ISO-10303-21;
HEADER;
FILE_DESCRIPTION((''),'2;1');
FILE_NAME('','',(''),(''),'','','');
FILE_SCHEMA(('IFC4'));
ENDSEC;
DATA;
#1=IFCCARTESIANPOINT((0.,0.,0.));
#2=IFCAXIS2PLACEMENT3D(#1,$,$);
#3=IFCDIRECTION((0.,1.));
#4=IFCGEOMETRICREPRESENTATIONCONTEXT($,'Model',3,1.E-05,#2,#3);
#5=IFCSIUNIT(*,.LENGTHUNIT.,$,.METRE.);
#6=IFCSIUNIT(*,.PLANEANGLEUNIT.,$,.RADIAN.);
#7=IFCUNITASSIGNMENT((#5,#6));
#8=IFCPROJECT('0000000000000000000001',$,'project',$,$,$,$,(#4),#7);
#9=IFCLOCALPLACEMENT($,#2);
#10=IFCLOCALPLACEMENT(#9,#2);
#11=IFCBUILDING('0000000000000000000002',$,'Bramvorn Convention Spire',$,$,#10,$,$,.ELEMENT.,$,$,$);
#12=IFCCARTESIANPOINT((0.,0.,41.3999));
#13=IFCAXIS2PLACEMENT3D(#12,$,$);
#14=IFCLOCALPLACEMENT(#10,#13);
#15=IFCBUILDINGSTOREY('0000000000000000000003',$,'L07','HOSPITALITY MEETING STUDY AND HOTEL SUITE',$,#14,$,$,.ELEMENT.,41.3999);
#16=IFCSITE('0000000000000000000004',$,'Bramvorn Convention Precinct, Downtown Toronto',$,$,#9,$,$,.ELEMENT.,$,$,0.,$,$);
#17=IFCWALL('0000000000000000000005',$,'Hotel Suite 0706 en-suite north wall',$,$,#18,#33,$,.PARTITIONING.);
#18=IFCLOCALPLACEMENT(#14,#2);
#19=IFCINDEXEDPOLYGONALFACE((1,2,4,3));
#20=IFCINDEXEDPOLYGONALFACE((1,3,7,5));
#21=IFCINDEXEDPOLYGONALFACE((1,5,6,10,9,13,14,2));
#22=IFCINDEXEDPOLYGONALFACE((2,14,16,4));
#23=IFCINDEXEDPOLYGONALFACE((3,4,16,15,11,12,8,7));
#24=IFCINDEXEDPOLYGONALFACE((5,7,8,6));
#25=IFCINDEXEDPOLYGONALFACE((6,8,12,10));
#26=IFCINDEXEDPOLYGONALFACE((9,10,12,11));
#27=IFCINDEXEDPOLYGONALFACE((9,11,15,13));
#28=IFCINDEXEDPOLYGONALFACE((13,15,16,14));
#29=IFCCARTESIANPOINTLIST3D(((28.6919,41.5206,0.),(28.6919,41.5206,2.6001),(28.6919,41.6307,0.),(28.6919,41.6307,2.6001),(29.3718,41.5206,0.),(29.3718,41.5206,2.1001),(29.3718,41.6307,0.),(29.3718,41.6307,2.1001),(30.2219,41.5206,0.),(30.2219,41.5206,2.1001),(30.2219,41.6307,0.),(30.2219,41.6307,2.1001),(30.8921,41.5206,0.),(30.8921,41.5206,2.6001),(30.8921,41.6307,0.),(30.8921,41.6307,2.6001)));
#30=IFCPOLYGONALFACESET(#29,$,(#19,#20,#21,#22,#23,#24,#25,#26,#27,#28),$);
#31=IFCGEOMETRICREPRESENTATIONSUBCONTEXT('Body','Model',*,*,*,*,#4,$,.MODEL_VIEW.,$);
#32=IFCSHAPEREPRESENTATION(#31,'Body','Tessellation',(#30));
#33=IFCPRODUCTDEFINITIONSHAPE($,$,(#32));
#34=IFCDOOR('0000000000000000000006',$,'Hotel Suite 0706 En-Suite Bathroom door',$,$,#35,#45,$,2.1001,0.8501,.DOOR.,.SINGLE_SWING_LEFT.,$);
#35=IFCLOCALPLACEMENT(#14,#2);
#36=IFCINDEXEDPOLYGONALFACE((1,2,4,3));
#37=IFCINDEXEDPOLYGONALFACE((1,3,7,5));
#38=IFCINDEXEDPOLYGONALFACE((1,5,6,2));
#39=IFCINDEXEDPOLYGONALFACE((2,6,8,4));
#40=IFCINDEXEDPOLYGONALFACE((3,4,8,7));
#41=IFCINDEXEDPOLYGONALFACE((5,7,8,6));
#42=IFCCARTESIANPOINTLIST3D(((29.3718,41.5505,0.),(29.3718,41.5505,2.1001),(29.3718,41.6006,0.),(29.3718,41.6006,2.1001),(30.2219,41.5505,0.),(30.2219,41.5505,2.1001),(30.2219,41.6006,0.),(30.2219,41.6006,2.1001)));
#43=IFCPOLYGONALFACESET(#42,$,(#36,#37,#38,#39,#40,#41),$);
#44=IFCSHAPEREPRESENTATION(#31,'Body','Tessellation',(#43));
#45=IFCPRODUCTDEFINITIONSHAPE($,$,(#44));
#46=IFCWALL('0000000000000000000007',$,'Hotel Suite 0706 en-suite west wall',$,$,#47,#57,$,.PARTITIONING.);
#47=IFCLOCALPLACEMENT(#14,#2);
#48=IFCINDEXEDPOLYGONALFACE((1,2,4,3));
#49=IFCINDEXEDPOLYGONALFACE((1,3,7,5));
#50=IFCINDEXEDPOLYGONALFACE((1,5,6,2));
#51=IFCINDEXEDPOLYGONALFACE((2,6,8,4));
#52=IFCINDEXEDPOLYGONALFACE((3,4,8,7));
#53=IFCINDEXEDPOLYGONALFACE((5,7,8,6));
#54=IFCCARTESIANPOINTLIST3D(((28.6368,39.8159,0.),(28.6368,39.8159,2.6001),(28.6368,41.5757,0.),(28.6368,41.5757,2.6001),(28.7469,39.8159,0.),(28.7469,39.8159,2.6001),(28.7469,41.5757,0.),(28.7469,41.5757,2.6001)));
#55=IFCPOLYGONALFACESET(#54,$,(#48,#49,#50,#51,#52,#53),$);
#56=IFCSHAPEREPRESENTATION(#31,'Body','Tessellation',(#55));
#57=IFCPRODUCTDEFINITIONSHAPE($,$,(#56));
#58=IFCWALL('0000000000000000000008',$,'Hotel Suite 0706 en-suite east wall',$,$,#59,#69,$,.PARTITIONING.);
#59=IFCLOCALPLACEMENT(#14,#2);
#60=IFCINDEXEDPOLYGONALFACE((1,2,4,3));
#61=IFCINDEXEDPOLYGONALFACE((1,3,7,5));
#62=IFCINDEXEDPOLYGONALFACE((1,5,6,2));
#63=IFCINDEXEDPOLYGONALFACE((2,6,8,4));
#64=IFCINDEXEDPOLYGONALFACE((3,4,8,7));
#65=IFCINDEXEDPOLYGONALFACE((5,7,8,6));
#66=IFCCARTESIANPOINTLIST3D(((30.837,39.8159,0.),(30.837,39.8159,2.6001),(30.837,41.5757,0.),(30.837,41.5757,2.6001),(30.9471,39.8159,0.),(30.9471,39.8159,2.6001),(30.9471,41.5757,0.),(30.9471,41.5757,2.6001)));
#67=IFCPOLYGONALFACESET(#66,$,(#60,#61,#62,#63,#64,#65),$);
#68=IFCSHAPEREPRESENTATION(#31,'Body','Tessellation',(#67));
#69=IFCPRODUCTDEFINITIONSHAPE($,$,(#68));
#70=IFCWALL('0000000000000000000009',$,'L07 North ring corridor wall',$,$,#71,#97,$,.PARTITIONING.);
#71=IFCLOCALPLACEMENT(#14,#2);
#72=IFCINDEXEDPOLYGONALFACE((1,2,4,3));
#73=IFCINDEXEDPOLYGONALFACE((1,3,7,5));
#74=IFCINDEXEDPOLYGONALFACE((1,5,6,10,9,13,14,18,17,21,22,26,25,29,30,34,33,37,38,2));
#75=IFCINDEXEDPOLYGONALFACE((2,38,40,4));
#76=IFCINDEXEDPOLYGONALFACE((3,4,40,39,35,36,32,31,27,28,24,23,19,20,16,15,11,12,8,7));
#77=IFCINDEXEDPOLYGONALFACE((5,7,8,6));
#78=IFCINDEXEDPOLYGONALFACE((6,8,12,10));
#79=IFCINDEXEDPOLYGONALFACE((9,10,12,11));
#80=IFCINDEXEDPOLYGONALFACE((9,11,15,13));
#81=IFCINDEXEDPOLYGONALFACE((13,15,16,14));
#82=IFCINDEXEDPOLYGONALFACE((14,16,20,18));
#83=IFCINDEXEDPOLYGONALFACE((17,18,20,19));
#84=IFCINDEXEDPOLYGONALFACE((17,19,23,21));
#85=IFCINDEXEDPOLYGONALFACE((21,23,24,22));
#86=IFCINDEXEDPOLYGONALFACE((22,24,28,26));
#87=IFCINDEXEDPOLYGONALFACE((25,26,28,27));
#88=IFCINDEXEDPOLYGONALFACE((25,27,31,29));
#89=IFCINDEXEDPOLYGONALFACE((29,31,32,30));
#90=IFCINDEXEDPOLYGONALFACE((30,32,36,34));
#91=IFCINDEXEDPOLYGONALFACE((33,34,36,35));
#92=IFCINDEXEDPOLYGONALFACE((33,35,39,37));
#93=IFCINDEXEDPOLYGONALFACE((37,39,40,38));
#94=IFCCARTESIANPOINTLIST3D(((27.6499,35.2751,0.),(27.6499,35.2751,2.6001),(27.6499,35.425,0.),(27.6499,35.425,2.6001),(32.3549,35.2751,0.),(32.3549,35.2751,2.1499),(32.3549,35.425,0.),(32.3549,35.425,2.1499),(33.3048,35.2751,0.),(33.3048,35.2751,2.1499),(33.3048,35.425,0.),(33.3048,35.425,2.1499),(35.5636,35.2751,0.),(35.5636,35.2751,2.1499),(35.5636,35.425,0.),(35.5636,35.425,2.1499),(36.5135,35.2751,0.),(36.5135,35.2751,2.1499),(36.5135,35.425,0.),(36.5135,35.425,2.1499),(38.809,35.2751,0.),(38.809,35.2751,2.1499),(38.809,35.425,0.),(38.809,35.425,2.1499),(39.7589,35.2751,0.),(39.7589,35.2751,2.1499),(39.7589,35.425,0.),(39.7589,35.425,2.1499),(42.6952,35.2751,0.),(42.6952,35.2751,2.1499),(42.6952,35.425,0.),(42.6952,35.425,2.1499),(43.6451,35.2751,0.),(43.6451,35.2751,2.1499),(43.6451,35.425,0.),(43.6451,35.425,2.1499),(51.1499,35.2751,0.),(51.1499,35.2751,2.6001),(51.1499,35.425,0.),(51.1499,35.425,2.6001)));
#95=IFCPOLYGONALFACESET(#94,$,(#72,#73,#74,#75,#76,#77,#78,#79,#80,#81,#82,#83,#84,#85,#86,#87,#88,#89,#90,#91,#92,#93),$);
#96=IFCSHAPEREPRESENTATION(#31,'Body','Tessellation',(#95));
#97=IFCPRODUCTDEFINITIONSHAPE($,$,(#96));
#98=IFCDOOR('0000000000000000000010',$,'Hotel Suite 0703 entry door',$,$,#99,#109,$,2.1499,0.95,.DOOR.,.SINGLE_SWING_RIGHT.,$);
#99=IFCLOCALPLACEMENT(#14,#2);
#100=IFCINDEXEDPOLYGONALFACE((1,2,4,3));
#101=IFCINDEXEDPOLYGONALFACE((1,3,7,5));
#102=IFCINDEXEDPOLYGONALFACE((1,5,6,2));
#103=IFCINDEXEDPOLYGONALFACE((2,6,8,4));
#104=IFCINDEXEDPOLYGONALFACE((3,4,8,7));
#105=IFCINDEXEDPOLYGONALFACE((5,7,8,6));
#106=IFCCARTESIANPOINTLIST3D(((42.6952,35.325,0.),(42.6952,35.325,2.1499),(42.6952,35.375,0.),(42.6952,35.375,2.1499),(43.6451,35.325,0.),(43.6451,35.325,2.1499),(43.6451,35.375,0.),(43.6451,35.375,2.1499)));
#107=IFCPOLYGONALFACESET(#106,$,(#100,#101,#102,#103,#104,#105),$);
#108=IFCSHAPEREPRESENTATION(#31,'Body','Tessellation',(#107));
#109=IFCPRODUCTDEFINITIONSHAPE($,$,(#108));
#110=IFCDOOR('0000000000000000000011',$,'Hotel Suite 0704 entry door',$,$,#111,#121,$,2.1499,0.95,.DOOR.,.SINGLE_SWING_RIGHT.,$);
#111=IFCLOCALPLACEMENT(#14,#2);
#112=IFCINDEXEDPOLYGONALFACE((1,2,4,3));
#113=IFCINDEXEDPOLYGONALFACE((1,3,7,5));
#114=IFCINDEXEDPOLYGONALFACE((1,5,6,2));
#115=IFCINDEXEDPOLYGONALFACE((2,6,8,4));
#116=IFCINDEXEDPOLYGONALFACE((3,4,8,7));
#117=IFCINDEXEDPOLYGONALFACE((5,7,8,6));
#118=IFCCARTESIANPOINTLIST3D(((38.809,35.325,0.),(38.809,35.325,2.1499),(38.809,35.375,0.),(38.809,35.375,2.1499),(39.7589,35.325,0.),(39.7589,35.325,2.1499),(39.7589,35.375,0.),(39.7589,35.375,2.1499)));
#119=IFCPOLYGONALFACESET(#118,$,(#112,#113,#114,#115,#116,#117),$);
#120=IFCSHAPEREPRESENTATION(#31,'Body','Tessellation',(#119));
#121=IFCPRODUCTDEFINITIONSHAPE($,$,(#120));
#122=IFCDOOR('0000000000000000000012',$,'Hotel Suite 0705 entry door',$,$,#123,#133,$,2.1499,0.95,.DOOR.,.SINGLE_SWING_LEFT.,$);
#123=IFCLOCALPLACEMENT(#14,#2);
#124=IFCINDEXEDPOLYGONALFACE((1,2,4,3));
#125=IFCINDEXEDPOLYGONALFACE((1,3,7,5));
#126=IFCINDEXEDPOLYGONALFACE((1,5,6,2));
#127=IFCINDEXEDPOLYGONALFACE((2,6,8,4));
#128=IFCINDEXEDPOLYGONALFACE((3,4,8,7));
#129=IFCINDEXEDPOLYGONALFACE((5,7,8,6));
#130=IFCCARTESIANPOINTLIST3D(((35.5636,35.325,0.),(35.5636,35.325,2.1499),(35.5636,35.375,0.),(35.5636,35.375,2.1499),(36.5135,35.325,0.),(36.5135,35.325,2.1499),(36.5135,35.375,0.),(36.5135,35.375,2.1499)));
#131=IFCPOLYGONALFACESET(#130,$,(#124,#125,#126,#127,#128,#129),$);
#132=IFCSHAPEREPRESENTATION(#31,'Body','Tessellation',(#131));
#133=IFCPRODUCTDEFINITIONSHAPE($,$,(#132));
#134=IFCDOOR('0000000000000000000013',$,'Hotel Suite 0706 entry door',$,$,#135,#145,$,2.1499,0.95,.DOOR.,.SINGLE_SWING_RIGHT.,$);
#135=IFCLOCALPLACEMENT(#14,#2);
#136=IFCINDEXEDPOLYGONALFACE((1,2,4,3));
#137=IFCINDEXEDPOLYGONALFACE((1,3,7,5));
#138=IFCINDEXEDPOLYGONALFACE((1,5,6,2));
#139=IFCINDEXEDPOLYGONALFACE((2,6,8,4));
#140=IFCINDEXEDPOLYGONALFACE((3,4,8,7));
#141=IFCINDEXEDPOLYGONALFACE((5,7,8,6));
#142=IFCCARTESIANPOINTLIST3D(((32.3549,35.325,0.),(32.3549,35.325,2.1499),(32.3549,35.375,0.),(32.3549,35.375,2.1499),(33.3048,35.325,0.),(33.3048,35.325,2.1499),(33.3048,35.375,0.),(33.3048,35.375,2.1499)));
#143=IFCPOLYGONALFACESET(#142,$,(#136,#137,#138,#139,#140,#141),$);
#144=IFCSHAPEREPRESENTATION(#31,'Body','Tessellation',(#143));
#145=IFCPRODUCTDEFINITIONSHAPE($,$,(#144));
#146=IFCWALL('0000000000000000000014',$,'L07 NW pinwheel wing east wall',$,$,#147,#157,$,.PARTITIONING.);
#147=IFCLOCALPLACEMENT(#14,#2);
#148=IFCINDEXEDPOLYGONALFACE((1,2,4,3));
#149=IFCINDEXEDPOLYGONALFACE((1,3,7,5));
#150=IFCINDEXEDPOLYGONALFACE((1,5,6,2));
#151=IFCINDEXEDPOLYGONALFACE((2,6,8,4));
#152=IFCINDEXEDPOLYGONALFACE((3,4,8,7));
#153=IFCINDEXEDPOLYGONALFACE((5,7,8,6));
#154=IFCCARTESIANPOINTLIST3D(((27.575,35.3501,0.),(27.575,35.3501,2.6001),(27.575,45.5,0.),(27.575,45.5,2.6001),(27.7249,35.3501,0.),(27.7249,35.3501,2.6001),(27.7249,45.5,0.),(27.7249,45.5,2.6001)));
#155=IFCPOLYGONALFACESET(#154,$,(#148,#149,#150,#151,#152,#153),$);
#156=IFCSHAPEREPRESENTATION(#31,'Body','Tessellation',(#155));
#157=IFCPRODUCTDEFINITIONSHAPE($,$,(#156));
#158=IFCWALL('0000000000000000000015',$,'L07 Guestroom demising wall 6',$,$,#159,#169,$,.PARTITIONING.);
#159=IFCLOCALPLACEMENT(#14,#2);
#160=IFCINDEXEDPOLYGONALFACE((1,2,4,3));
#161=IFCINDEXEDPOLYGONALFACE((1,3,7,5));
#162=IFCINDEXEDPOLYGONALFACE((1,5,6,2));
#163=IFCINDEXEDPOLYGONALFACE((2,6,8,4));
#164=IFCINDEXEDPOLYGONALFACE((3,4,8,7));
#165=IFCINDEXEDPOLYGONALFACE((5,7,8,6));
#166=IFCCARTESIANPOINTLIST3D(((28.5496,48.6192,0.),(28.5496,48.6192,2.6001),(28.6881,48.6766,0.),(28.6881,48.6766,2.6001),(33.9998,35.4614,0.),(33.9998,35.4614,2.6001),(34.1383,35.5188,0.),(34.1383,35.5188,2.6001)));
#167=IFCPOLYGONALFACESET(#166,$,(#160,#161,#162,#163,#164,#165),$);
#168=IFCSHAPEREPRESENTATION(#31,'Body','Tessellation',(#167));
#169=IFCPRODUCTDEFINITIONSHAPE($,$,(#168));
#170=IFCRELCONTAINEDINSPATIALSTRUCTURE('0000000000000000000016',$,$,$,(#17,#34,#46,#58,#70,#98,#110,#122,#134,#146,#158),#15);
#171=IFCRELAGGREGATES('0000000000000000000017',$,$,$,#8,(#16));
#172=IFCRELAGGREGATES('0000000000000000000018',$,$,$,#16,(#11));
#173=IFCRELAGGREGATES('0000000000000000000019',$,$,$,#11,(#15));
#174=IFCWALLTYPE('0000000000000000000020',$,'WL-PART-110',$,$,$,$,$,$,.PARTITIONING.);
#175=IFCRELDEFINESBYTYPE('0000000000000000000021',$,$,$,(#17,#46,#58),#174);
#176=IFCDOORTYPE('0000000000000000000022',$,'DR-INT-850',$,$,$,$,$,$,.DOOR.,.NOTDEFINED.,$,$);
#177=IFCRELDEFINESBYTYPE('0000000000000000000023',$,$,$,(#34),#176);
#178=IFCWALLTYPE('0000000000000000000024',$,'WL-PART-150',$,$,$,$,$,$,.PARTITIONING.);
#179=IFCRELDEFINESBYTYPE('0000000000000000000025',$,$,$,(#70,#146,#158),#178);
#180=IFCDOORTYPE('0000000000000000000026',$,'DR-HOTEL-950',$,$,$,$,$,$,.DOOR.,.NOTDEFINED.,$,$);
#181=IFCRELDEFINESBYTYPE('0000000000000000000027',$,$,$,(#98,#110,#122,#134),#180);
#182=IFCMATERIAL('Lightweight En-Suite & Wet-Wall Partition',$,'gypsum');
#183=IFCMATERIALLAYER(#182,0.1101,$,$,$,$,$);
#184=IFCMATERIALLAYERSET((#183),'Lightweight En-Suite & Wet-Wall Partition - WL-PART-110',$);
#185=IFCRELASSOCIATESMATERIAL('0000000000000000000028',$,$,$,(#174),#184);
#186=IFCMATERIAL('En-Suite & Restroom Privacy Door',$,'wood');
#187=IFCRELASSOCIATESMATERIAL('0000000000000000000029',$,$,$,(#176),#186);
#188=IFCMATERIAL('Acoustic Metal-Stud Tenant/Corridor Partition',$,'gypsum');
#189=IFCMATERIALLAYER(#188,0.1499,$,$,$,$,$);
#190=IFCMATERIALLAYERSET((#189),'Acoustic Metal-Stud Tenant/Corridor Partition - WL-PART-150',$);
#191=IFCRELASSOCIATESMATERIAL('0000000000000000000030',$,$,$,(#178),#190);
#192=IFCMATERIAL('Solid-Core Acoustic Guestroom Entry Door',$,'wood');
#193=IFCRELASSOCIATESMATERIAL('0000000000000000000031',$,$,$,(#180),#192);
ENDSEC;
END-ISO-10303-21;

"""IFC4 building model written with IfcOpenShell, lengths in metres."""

from ifc_helpers import new_model, si_unit, direction, frame, frame_2d, origin, place, context, subcontext, project, spatial, rectangle, extrude, material, layer, layer_set, type_object, element, fill, save


model = new_model("IFC4")

# Units and contexts
model_context = context("Model", 3, precision=1e-05, world=origin(), true_north=direction((0.0, 1.0)))
body_context = subcontext(model_context, "Body", "Model", "MODEL_VIEW")
ifc_project = project(units=[si_unit("LENGTHUNIT", "METRE"), si_unit("PLANEANGLEUNIT", "RADIAN")], contexts=[model_context])

# Site, building, storey
site_placement = place(None, origin())
site = spatial("IfcSite", under=ifc_project, at=site_placement, Name="Bramvorn Convention Precinct, Downtown Toronto", CompositionType="ELEMENT", RefElevation=0.0)
building_placement = place(site_placement, origin())
building = spatial("IfcBuilding", under=site, at=building_placement, Name="Bramvorn Convention Spire", CompositionType="ELEMENT")
storey_placement = place(building_placement, frame((0.0, 0.0, 41.3999)))
storey = spatial("IfcBuildingStorey", under=building, at=storey_placement, Name="L07", Description="HOSPITALITY MEETING STUDY AND HOTEL SUITE", CompositionType="ELEMENT", Elevation=41.3999)

# Shared definitions
ifc_material_1 = material(Name="Lightweight En-Suite & Wet-Wall Partition", Category="gypsum")
ifc_layer_1 = layer(ifc_material_1, 0.1101)
ifc_layer_set_1 = layer_set([ifc_layer_1], Name="Lightweight En-Suite & Wet-Wall Partition - WL-PART-110")
wall_type_1 = type_object("IfcWallType", Name="WL-PART-110", PredefinedType="PARTITIONING", material=ifc_layer_set_1)

# Shared definitions
ifc_material_2 = material(Name="En-Suite & Restroom Privacy Door", Category="wood")
door_type_1 = type_object("IfcDoorType", Name="DR-INT-850", OperationType="NOTDEFINED", PredefinedType="DOOR", material=ifc_material_2)

# Wall, opening, door
wall_1_placement = place(storey_placement, frame((28.6919, 41.5757, 0.0), z_axis=(0.0, 0.0, 1.0), x_axis=(1.0, 0.0, 0.0)))
wall_1 = element("IfcWall", 1, at=wall_1_placement, inside=storey, type_object=wall_type_1, Name="Hotel Suite 0706 en-suite north wall", PredefinedType="PARTITIONING", context=body_context, shape_type="SweptSolid", body=[
    extrude(rectangle(XDim=2.2002, YDim=0.1101, at=frame_2d((1.1001, 0.0))), origin(), (0.0, 0.0, 1.0), 2.6001),
])
opening_1_placement = place(wall_1_placement, frame((0.6799, 0.0, 0.0)))
opening_1 = element("IfcOpeningElement", 2, at=opening_1_placement, cuts=wall_1, PredefinedType="OPENING", context=body_context, shape_type="SweptSolid", body=[
    extrude(rectangle(XDim=0.8501, YDim=2.1001, at=frame_2d((0.425, 1.05))), frame((0.0, 0.0649, 0.0), z_axis=(0.0, -1.0, 0.0), x_axis=(1.0, 0.0, 0.0)), (0.0, 0.0, 1.0), 0.1301),
])
door_1_placement = place(opening_1_placement, origin())
door_1 = element("IfcDoor", 3, at=door_1_placement, inside=storey, type_object=door_type_1, Name="Hotel Suite 0706 En-Suite Bathroom door", OperationType="SINGLE_SWING_LEFT", OverallHeight=2.1001, OverallWidth=0.8501, PredefinedType="DOOR", context=body_context, shape_type="SweptSolid", body=[
    extrude(rectangle(XDim=0.8501, YDim=2.1001, at=frame_2d((0.425, 1.05))), frame((0.0, 0.0249, 0.0), z_axis=(0.0, -1.0, 0.0), x_axis=(1.0, 0.0, 0.0)), (0.0, 0.0, 1.0), 0.05),
])
fill(opening_1, door_1)

# Walls
for number, where, z_axis, x_axis, name in (
    (4, (28.6919, 39.8159, 0.0), (0.0, 0.0, 1.0), (0.0, 1.0, 0.0), "Hotel Suite 0706 en-suite west wall"),
    (5, (30.8921, 39.8159, 0.0), (0.0, 0.0, 1.0), (0.0, 1.0, 0.0), "Hotel Suite 0706 en-suite east wall"),
):
    element("IfcWall", number, at=place(storey_placement, frame(where, z_axis=z_axis, x_axis=x_axis)), inside=storey, type_object=wall_type_1, Name=name, PredefinedType="PARTITIONING", context=body_context, shape_type="SweptSolid", body=[
        extrude(rectangle(XDim=1.7598, YDim=0.1101, at=frame_2d((0.8799, 0.0))), origin(), (0.0, 0.0, 1.0), 2.6001),
    ])

# Wall, openings, doors
ifc_material_3 = material(Name="Acoustic Metal-Stud Tenant/Corridor Partition", Category="gypsum")
ifc_layer_2 = layer(ifc_material_3, 0.1499)
ifc_layer_set_2 = layer_set([ifc_layer_2], Name="Acoustic Metal-Stud Tenant/Corridor Partition - WL-PART-150")
wall_type_2 = type_object("IfcWallType", Name="WL-PART-150", PredefinedType="PARTITIONING", material=ifc_layer_set_2)
wall_2_placement = place(storey_placement, frame((27.6499, 35.3501, 0.0), z_axis=(0.0, 0.0, 1.0), x_axis=(1.0, 0.0, 0.0)))
wall_2 = element("IfcWall", 6, at=wall_2_placement, inside=storey, type_object=wall_type_2, Name="L07 North ring corridor wall", PredefinedType="PARTITIONING", context=body_context, shape_type="SweptSolid", body=[
    extrude(rectangle(XDim=23.5, YDim=0.1499, at=frame_2d((11.75, 0.0))), origin(), (0.0, 0.0, 1.0), 2.6001),
])
opening_2_placement = place(wall_2_placement, frame((15.0452, 0.0, 0.0)))
opening_2 = element("IfcOpeningElement", 7, at=opening_2_placement, cuts=wall_2, PredefinedType="OPENING", context=body_context, shape_type="SweptSolid", body=[
    extrude(rectangle(XDim=0.95, YDim=2.1499, at=frame_2d((0.4751, 1.075))), frame((0.0, 0.085, 0.0), z_axis=(0.0, -1.0, 0.0), x_axis=(1.0, 0.0, 0.0)), (0.0, 0.0, 1.0), 0.1699),
])
opening_3_placement = place(wall_2_placement, frame((11.1589, 0.0, 0.0)))
opening_3 = element("IfcOpeningElement", 8, at=opening_3_placement, cuts=wall_2, PredefinedType="OPENING", context=body_context, shape_type="SweptSolid", body=[
    extrude(rectangle(XDim=0.95, YDim=2.1499, at=frame_2d((0.4751, 1.075))), frame((0.0, 0.085, 0.0), z_axis=(0.0, -1.0, 0.0), x_axis=(1.0, 0.0, 0.0)), (0.0, 0.0, 1.0), 0.1699),
])
opening_4_placement = place(wall_2_placement, frame((7.9136, 0.0, 0.0)))
opening_4 = element("IfcOpeningElement", 9, at=opening_4_placement, cuts=wall_2, PredefinedType="OPENING", context=body_context, shape_type="SweptSolid", body=[
    extrude(rectangle(XDim=0.95, YDim=2.1499, at=frame_2d((0.4751, 1.075))), frame((0.0, 0.085, 0.0), z_axis=(0.0, -1.0, 0.0), x_axis=(1.0, 0.0, 0.0)), (0.0, 0.0, 1.0), 0.1699),
])
opening_5_placement = place(wall_2_placement, frame((4.7048, 0.0, 0.0)))
opening_5 = element("IfcOpeningElement", 10, at=opening_5_placement, cuts=wall_2, PredefinedType="OPENING", context=body_context, shape_type="SweptSolid", body=[
    extrude(rectangle(XDim=0.95, YDim=2.1499, at=frame_2d((0.4751, 1.075))), frame((0.0, 0.085, 0.0), z_axis=(0.0, -1.0, 0.0), x_axis=(1.0, 0.0, 0.0)), (0.0, 0.0, 1.0), 0.1699),
])
ifc_material_4 = material(Name="Solid-Core Acoustic Guestroom Entry Door", Category="wood")
door_type_2 = type_object("IfcDoorType", Name="DR-HOTEL-950", OperationType="NOTDEFINED", PredefinedType="DOOR", material=ifc_material_4)
door_2_placement = place(opening_2_placement, origin())
door_2 = element("IfcDoor", 11, at=door_2_placement, inside=storey, type_object=door_type_2, Name="Hotel Suite 0703 entry door", OperationType="SINGLE_SWING_RIGHT", OverallHeight=2.1499, OverallWidth=0.95, PredefinedType="DOOR", context=body_context, shape_type="SweptSolid", body=[
    extrude(rectangle(XDim=0.95, YDim=2.1499, at=frame_2d((0.4751, 1.075))), frame((0.0, 0.0249, 0.0), z_axis=(0.0, -1.0, 0.0), x_axis=(1.0, 0.0, 0.0)), (0.0, 0.0, 1.0), 0.05),
])
fill(opening_2, door_2)
door_3_placement = place(opening_3_placement, origin())
door_3 = element("IfcDoor", 12, at=door_3_placement, inside=storey, type_object=door_type_2, Name="Hotel Suite 0704 entry door", OperationType="SINGLE_SWING_RIGHT", OverallHeight=2.1499, OverallWidth=0.95, PredefinedType="DOOR", context=body_context, shape_type="SweptSolid", body=[
    extrude(rectangle(XDim=0.95, YDim=2.1499, at=frame_2d((0.4751, 1.075))), frame((0.0, 0.0249, 0.0), z_axis=(0.0, -1.0, 0.0), x_axis=(1.0, 0.0, 0.0)), (0.0, 0.0, 1.0), 0.05),
])
fill(opening_3, door_3)
door_4_placement = place(opening_4_placement, origin())
door_4 = element("IfcDoor", 13, at=door_4_placement, inside=storey, type_object=door_type_2, Name="Hotel Suite 0705 entry door", OperationType="SINGLE_SWING_LEFT", OverallHeight=2.1499, OverallWidth=0.95, PredefinedType="DOOR", context=body_context, shape_type="SweptSolid", body=[
    extrude(rectangle(XDim=0.95, YDim=2.1499, at=frame_2d((0.4751, 1.075))), frame((0.0, 0.0249, 0.0), z_axis=(0.0, -1.0, 0.0), x_axis=(1.0, 0.0, 0.0)), (0.0, 0.0, 1.0), 0.05),
])
fill(opening_4, door_4)
door_5_placement = place(opening_5_placement, origin())
door_5 = element("IfcDoor", 14, at=door_5_placement, inside=storey, type_object=door_type_2, Name="Hotel Suite 0706 entry door", OperationType="SINGLE_SWING_RIGHT", OverallHeight=2.1499, OverallWidth=0.95, PredefinedType="DOOR", context=body_context, shape_type="SweptSolid", body=[
    extrude(rectangle(XDim=0.95, YDim=2.1499, at=frame_2d((0.4751, 1.075))), frame((0.0, 0.0249, 0.0), z_axis=(0.0, -1.0, 0.0), x_axis=(1.0, 0.0, 0.0)), (0.0, 0.0, 1.0), 0.05),
])
fill(opening_5, door_5)

# Walls
wall_3_placement = place(storey_placement, frame((27.6499, 35.3501, 0.0), z_axis=(0.0, 0.0, 1.0), x_axis=(0.0, 1.0, 0.0)))
element("IfcWall", 15, at=wall_3_placement, inside=storey, type_object=wall_type_2, Name="L07 NW pinwheel wing east wall", PredefinedType="PARTITIONING", context=body_context, shape_type="SweptSolid", body=[
    extrude(rectangle(XDim=10.1499, YDim=0.1499, at=frame_2d((5.075, 0.0))), origin(), (0.0, 0.0, 1.0), 2.6001),
])
wall_4_placement = place(storey_placement, frame((34.0691, 35.49, 0.0), z_axis=(0.0, 0.0, 1.0), x_axis=(-0.382689, 0.923877, 0.0)))
element("IfcWall", 16, at=wall_4_placement, inside=storey, type_object=wall_type_2, Name="L07 Guestroom demising wall 6", PredefinedType="PARTITIONING", context=body_context, shape_type="SweptSolid", body=[
    extrude(rectangle(XDim=14.2419, YDim=0.1499, at=frame_2d((7.1211, 0.0))), origin(), (0.0, 0.0, 1.0), 2.6001),
])

save(model, "model.ifc")
